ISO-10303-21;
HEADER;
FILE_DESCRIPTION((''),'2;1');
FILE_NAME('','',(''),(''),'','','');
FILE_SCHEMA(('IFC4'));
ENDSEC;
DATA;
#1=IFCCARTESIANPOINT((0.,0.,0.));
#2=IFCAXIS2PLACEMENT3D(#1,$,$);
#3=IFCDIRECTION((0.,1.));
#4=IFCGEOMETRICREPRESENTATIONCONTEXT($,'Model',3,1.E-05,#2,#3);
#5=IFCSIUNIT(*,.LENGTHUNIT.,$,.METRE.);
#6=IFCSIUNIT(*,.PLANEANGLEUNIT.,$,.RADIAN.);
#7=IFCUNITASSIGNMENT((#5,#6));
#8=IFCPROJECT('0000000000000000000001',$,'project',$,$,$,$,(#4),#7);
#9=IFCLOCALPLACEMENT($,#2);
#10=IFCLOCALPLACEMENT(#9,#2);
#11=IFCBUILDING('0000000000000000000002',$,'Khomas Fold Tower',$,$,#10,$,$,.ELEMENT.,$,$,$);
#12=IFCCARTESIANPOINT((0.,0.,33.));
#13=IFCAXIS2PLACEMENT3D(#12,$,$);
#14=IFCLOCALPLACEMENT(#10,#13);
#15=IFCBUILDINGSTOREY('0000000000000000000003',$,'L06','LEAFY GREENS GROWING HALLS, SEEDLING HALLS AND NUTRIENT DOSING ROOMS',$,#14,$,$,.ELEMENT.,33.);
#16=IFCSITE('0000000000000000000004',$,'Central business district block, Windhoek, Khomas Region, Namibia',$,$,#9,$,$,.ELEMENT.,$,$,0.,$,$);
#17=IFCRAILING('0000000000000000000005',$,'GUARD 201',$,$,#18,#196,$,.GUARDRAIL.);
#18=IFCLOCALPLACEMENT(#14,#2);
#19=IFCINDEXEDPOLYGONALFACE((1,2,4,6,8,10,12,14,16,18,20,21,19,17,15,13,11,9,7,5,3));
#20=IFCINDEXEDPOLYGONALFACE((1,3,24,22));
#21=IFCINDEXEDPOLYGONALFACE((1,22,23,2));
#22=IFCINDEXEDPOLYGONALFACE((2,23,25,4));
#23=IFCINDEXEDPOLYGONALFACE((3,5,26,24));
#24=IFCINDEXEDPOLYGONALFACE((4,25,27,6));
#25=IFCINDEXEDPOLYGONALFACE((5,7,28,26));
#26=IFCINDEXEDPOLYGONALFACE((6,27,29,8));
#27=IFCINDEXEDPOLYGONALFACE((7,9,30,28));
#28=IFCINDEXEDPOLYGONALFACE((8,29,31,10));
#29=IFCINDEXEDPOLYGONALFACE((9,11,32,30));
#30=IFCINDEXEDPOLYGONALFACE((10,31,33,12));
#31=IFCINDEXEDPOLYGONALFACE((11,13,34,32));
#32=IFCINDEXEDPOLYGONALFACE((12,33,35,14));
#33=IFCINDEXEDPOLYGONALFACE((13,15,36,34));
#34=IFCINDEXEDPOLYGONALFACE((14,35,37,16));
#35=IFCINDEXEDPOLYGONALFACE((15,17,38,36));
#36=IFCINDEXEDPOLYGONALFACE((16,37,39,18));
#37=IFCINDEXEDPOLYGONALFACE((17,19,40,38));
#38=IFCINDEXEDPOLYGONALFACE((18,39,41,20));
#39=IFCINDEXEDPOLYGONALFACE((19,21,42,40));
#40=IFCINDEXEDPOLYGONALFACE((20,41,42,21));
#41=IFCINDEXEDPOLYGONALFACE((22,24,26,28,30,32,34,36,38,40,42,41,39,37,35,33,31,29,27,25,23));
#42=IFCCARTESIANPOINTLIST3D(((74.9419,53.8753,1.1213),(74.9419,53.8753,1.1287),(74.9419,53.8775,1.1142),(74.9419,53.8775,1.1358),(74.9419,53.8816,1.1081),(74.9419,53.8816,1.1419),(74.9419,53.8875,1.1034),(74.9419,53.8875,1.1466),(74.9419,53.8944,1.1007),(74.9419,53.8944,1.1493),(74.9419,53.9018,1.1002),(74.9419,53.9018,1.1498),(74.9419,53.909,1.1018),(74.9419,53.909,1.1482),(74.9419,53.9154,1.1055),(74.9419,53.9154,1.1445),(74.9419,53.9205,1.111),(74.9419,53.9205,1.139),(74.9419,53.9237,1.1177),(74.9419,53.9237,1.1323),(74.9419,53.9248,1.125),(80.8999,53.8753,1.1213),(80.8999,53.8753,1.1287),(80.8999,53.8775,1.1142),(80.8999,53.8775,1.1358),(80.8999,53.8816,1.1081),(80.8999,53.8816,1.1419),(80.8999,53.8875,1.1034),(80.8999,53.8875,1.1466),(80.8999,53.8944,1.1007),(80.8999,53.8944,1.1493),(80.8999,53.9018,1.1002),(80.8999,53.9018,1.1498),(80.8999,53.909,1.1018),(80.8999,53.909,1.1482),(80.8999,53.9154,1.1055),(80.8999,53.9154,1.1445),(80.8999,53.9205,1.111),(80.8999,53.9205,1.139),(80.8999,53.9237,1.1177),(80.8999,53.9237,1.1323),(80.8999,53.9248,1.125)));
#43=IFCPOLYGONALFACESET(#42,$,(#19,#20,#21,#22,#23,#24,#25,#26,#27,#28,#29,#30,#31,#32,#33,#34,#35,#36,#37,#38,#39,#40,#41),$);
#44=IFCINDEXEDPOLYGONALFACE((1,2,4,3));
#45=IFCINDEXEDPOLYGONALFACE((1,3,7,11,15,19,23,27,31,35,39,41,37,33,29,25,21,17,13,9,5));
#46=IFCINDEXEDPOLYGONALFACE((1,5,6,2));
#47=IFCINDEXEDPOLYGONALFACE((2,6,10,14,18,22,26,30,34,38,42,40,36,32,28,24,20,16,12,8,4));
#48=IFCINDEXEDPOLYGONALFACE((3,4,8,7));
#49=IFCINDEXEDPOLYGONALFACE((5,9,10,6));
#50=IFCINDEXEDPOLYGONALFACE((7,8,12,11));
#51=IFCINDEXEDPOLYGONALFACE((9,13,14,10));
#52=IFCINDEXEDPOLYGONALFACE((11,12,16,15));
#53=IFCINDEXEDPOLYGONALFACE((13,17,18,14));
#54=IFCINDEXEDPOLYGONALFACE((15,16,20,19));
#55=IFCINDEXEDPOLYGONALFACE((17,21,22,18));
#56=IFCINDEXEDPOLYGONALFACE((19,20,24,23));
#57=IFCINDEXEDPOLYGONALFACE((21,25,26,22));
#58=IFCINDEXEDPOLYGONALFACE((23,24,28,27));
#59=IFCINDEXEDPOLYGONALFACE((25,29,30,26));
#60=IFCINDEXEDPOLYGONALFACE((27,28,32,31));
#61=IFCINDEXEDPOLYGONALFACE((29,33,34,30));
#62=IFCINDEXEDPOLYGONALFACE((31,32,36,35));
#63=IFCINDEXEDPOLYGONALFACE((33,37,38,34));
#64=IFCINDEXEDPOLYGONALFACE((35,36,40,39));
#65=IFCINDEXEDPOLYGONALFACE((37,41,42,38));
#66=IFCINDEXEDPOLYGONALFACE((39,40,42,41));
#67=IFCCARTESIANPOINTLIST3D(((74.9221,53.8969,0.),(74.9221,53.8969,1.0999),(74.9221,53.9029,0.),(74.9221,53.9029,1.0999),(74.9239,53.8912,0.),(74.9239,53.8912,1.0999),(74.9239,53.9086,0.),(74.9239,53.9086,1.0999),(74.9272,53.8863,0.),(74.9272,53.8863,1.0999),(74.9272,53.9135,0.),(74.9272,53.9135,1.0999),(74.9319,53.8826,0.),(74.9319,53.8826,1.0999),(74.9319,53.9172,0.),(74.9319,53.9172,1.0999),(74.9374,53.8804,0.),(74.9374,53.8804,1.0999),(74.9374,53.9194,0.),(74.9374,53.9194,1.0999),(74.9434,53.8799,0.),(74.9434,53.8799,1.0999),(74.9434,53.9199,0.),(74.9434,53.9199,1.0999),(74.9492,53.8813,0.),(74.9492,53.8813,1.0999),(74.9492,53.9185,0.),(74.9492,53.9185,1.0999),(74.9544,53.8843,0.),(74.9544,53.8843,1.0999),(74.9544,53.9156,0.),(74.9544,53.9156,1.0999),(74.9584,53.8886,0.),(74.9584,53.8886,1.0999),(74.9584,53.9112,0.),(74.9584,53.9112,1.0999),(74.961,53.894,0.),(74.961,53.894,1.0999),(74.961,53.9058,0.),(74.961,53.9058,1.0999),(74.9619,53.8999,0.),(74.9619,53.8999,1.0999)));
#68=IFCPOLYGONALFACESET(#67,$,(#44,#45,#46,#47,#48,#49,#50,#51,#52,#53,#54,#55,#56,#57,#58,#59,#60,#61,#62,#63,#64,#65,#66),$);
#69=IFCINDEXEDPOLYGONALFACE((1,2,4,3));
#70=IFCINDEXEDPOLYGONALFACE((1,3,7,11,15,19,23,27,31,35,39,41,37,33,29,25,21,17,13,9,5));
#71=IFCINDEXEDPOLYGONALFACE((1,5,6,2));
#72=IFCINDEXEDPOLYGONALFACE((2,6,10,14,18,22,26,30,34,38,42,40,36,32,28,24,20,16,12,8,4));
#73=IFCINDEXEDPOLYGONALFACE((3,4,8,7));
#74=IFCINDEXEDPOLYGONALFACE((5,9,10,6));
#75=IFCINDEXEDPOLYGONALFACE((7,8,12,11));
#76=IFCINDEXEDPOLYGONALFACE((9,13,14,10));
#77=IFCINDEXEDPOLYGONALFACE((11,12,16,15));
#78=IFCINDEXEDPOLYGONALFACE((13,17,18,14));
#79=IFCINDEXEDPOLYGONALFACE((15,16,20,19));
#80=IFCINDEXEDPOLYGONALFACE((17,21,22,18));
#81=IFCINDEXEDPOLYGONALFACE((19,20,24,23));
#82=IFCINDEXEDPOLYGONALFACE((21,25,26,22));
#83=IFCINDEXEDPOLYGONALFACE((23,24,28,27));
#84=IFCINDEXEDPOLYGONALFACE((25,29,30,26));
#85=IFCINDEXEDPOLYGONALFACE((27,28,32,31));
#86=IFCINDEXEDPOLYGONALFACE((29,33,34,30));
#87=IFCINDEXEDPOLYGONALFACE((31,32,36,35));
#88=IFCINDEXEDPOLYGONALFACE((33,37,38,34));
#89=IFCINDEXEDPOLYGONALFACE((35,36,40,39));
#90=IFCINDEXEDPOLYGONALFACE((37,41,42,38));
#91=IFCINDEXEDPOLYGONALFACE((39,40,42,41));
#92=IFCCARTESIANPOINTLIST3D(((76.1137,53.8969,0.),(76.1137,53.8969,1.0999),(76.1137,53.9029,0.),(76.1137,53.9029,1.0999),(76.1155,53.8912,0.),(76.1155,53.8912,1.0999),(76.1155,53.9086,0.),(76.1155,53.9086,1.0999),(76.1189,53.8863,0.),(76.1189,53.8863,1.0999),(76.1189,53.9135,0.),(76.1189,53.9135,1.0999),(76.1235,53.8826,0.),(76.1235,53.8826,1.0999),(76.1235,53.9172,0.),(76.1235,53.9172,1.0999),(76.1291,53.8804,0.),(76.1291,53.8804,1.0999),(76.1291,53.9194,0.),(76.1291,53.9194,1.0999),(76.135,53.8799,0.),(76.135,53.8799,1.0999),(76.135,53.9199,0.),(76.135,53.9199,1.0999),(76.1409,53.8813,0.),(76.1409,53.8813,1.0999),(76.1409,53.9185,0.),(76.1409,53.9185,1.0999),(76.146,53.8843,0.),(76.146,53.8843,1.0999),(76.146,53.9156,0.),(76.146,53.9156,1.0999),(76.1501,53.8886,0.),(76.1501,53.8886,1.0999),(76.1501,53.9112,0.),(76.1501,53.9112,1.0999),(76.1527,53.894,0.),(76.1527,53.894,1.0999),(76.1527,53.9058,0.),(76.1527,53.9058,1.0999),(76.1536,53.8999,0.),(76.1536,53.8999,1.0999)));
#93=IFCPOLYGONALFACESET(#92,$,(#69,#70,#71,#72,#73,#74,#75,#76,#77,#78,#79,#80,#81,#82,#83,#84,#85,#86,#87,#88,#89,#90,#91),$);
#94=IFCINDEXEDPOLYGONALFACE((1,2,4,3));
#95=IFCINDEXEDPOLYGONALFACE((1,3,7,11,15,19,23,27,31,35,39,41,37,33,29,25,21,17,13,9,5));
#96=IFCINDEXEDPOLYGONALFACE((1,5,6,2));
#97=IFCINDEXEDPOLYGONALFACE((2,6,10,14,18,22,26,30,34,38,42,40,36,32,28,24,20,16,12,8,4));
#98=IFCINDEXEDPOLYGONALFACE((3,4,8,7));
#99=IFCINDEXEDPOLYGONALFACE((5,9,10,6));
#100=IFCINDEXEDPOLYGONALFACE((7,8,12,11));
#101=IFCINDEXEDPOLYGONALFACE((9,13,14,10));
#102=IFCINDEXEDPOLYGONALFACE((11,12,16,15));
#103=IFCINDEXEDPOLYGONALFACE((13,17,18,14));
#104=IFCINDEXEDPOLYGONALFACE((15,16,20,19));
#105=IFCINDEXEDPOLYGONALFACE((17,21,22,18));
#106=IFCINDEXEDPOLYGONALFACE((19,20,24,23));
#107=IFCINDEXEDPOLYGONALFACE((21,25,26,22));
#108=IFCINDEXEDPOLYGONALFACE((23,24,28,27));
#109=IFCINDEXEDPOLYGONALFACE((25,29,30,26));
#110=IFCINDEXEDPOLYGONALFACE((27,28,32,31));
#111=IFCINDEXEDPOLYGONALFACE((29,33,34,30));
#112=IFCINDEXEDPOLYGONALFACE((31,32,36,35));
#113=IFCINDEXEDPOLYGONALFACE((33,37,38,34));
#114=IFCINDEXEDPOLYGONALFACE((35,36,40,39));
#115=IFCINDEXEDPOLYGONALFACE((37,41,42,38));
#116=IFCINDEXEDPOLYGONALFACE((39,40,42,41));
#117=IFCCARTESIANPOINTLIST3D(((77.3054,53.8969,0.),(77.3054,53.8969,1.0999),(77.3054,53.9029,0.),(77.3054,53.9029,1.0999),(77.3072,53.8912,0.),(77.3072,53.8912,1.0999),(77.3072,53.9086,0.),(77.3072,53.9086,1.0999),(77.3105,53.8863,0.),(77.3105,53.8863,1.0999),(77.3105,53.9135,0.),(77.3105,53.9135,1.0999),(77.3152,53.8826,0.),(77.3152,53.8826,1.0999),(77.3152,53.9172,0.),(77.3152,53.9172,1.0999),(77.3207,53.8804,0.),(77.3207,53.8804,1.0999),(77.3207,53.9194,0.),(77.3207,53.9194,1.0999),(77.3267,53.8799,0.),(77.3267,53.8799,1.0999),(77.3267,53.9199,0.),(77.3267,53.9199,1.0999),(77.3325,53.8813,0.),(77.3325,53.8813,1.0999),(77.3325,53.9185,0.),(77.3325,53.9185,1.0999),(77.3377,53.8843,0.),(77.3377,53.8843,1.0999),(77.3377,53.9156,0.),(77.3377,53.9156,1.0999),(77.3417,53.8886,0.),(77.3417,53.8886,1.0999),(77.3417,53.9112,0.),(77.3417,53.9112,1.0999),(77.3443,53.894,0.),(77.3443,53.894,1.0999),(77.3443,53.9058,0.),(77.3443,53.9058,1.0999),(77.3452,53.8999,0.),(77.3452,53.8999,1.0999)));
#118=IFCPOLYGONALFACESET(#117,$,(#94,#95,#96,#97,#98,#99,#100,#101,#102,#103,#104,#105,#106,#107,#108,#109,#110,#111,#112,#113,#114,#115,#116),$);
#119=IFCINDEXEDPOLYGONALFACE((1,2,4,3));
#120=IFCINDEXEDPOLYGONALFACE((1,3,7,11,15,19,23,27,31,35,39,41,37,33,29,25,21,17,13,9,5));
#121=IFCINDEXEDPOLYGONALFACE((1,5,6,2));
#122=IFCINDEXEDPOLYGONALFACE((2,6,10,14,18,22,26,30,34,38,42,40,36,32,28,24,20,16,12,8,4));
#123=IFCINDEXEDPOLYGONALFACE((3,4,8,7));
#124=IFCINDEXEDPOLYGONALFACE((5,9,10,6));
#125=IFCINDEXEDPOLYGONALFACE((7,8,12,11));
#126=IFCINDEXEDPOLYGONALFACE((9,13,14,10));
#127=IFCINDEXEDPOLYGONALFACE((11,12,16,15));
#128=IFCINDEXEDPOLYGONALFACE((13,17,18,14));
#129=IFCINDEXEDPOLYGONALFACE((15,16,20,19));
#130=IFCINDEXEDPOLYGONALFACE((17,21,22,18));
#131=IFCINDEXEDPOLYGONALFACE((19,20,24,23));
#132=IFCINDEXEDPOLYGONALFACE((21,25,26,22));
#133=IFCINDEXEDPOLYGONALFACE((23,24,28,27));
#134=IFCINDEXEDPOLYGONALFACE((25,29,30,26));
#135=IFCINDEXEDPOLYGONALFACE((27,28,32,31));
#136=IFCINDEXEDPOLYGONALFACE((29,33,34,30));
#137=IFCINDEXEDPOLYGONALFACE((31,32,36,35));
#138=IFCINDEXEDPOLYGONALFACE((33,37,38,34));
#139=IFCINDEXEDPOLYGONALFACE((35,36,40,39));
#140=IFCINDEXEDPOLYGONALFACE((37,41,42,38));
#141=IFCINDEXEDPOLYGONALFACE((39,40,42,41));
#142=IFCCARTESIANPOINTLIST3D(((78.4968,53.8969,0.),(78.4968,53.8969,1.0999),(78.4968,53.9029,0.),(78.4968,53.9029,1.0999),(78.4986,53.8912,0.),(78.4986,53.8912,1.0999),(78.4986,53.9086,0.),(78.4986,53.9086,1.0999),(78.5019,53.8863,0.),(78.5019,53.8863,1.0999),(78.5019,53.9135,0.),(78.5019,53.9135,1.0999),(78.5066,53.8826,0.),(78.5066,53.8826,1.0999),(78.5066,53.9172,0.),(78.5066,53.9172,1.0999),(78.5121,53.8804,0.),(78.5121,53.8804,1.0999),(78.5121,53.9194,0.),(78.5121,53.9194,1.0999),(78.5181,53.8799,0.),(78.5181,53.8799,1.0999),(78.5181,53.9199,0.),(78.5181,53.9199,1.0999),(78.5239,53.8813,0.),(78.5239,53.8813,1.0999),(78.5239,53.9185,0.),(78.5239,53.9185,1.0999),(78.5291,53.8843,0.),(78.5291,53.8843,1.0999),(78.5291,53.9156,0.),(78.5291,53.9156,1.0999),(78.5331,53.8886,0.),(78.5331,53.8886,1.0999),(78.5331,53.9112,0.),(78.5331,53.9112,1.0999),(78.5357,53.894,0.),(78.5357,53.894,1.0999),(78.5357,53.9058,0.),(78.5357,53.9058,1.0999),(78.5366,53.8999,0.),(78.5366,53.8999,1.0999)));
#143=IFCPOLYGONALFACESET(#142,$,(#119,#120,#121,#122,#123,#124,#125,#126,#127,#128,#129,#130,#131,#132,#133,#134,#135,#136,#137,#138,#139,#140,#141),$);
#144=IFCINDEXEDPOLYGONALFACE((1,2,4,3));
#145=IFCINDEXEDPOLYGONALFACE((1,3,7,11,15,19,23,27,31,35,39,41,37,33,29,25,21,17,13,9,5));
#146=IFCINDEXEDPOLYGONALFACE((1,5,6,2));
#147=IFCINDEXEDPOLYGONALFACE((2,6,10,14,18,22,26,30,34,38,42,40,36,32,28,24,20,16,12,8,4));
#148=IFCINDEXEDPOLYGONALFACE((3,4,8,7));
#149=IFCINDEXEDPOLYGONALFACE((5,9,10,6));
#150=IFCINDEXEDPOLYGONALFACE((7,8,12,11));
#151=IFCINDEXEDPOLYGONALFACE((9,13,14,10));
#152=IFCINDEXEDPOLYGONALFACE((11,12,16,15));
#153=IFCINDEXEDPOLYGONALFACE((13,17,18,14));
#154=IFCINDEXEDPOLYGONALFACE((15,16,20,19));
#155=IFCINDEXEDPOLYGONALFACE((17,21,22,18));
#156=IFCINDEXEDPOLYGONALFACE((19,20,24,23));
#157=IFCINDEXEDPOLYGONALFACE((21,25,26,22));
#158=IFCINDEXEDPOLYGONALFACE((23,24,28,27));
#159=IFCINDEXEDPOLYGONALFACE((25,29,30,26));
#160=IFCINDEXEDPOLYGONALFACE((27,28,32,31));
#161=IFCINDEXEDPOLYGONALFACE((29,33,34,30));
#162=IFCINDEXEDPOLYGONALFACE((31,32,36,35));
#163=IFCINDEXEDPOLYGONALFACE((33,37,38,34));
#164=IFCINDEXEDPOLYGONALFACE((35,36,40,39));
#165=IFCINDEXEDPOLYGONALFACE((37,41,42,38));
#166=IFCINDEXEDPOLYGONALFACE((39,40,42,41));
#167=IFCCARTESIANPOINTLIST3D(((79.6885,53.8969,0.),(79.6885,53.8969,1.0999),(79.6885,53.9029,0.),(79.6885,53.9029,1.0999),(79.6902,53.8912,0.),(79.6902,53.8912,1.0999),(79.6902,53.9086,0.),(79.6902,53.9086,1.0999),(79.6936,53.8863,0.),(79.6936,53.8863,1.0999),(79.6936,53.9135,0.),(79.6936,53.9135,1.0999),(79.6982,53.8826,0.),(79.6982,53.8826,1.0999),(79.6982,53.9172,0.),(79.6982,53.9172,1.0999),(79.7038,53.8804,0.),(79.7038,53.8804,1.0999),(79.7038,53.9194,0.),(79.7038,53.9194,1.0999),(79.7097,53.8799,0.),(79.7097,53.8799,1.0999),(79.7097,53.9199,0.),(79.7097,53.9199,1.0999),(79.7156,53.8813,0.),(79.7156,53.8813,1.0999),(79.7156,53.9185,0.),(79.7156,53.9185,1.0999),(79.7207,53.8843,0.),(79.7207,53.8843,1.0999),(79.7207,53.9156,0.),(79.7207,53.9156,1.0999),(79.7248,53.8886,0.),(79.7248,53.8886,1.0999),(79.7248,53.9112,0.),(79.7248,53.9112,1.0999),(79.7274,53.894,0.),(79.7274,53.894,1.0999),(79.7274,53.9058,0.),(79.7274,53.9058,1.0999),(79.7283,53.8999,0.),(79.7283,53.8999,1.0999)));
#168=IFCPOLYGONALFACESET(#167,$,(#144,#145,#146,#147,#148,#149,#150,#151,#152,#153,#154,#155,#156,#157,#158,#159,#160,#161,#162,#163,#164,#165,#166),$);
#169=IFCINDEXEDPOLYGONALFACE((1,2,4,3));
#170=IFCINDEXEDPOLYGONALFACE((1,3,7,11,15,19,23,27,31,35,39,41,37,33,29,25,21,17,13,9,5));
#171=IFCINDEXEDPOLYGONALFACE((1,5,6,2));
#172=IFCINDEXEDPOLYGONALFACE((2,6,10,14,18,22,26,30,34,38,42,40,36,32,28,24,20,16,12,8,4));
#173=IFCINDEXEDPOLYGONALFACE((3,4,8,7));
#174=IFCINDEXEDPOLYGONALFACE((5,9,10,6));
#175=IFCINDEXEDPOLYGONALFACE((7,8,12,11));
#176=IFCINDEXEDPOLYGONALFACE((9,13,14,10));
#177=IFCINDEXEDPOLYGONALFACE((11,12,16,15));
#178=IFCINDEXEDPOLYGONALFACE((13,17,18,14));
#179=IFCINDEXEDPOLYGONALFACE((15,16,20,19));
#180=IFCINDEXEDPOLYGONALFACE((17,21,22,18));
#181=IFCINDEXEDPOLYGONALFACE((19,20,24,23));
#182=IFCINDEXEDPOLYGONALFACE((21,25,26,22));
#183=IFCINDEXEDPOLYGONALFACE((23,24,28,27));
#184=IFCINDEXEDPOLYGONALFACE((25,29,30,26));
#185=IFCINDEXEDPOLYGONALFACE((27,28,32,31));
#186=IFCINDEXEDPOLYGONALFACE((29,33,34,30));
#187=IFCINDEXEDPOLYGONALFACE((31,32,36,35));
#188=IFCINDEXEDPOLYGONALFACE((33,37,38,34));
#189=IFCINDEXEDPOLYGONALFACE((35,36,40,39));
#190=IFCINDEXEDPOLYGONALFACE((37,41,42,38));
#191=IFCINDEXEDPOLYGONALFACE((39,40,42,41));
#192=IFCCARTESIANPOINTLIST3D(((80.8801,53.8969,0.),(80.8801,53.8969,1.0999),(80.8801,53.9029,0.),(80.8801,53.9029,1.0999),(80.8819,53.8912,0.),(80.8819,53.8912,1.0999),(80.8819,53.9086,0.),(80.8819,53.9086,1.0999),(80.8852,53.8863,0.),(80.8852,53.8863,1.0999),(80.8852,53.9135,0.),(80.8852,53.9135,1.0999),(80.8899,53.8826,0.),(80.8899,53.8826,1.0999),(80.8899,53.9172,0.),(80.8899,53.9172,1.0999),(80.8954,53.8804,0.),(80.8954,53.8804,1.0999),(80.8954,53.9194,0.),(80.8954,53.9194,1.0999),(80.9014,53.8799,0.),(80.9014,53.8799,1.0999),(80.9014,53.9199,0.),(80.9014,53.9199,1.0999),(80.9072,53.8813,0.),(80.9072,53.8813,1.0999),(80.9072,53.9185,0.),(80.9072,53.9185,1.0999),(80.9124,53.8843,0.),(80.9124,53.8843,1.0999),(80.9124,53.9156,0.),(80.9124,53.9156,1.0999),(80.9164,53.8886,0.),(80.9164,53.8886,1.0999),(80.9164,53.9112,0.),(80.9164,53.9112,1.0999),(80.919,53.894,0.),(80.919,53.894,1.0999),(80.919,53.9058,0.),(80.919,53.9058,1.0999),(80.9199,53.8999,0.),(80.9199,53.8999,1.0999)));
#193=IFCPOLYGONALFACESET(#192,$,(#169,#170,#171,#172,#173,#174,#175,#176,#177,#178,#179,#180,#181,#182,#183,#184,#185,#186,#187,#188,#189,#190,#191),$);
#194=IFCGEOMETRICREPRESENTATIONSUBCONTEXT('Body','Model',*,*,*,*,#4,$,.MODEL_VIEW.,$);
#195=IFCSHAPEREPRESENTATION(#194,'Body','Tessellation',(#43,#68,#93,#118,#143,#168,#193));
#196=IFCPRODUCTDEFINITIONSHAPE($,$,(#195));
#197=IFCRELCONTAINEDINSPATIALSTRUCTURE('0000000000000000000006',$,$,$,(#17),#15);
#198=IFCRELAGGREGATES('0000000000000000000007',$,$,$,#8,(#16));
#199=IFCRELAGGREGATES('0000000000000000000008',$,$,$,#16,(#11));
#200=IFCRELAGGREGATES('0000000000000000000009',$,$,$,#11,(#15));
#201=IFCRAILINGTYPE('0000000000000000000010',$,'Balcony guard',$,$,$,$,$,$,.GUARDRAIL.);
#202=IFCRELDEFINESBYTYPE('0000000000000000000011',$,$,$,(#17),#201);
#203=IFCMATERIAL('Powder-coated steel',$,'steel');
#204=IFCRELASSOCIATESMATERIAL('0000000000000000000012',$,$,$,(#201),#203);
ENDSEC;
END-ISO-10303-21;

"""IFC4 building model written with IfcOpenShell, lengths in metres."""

from ifc_helpers import new_model, si_unit, direction, frame, origin, origin_2d, place, context, subcontext, project, spatial, circle, extrude, source, transform, mapped, material, type_object, element, save


model = new_model("IFC4")

# Units and contexts
model_context = context("Model", 3, precision=1e-05, world=origin(), true_north=direction((0.0, 1.0)))
body_context = subcontext(model_context, "Body", "Model", "MODEL_VIEW")
ifc_project = project(units=[si_unit("LENGTHUNIT", "METRE"), si_unit("PLANEANGLEUNIT", "RADIAN")], contexts=[model_context])

# Site, building, storey
site_placement = place(None, origin())
site = spatial("IfcSite", under=ifc_project, at=site_placement, Name="Central business district block, Windhoek, Khomas Region, Namibia", CompositionType="ELEMENT", RefElevation=0.0)
building_placement = place(site_placement, origin())
building = spatial("IfcBuilding", under=site, at=building_placement, Name="Khomas Fold Tower", CompositionType="ELEMENT")
storey_placement = place(building_placement, frame((0.0, 0.0, 33.0)))
storey = spatial("IfcBuildingStorey", under=building, at=storey_placement, Name="L06", Description="LEAFY GREENS GROWING HALLS, SEEDLING HALLS AND NUTRIENT DOSING ROOMS", CompositionType="ELEMENT", Elevation=33.0)

# Railing
ifc_material_1 = material(Name="Powder-coated steel", Category="steel")
railing_type_1 = type_object("IfcRailingType", Name="Balcony guard", PredefinedType="GUARDRAIL", material=ifc_material_1)
shared_shape_1 = source(origin(), body_context, "Body", "SweptSolid", [
    extrude(circle(Radius=0.0249, at=origin_2d()), frame((0.0, 0.0, 1.125), z_axis=(1.0, 0.0, 0.0), x_axis=(0.0, 1.0, 0.0)), (0.0, 0.0, 1.0), 5.958),
    extrude(circle(Radius=0.02, at=origin_2d()), origin(), (0.0, 0.0, 1.0), 1.0999),
    extrude(circle(Radius=0.02, at=origin_2d()), frame((1.1917, 0.0, 0.0)), (0.0, 0.0, 1.0), 1.0999),
    extrude(circle(Radius=0.02, at=origin_2d()), frame((2.3833, 0.0, 0.0)), (0.0, 0.0, 1.0), 1.0999),
    extrude(circle(Radius=0.02, at=origin_2d()), frame((3.5747, 0.0, 0.0)), (0.0, 0.0, 1.0), 1.0999),
    extrude(circle(Radius=0.02, at=origin_2d()), frame((4.7664, 0.0, 0.0)), (0.0, 0.0, 1.0), 1.0999),
    extrude(circle(Radius=0.02, at=origin_2d()), frame((5.958, 0.0, 0.0)), (0.0, 0.0, 1.0), 1.0999),
])
railing_1_placement = place(storey_placement, frame((74.9419, 53.8999, 0.0)))
element("IfcRailing", 1, at=railing_1_placement, inside=storey, type_object=railing_type_1, Name="GUARD 201", PredefinedType="GUARDRAIL", context=body_context, shape_type="MappedRepresentation", body=[
    mapped(shared_shape_1, transform((0.0, 0.0, 0.0))),
])

save(model, "model.ifc")
